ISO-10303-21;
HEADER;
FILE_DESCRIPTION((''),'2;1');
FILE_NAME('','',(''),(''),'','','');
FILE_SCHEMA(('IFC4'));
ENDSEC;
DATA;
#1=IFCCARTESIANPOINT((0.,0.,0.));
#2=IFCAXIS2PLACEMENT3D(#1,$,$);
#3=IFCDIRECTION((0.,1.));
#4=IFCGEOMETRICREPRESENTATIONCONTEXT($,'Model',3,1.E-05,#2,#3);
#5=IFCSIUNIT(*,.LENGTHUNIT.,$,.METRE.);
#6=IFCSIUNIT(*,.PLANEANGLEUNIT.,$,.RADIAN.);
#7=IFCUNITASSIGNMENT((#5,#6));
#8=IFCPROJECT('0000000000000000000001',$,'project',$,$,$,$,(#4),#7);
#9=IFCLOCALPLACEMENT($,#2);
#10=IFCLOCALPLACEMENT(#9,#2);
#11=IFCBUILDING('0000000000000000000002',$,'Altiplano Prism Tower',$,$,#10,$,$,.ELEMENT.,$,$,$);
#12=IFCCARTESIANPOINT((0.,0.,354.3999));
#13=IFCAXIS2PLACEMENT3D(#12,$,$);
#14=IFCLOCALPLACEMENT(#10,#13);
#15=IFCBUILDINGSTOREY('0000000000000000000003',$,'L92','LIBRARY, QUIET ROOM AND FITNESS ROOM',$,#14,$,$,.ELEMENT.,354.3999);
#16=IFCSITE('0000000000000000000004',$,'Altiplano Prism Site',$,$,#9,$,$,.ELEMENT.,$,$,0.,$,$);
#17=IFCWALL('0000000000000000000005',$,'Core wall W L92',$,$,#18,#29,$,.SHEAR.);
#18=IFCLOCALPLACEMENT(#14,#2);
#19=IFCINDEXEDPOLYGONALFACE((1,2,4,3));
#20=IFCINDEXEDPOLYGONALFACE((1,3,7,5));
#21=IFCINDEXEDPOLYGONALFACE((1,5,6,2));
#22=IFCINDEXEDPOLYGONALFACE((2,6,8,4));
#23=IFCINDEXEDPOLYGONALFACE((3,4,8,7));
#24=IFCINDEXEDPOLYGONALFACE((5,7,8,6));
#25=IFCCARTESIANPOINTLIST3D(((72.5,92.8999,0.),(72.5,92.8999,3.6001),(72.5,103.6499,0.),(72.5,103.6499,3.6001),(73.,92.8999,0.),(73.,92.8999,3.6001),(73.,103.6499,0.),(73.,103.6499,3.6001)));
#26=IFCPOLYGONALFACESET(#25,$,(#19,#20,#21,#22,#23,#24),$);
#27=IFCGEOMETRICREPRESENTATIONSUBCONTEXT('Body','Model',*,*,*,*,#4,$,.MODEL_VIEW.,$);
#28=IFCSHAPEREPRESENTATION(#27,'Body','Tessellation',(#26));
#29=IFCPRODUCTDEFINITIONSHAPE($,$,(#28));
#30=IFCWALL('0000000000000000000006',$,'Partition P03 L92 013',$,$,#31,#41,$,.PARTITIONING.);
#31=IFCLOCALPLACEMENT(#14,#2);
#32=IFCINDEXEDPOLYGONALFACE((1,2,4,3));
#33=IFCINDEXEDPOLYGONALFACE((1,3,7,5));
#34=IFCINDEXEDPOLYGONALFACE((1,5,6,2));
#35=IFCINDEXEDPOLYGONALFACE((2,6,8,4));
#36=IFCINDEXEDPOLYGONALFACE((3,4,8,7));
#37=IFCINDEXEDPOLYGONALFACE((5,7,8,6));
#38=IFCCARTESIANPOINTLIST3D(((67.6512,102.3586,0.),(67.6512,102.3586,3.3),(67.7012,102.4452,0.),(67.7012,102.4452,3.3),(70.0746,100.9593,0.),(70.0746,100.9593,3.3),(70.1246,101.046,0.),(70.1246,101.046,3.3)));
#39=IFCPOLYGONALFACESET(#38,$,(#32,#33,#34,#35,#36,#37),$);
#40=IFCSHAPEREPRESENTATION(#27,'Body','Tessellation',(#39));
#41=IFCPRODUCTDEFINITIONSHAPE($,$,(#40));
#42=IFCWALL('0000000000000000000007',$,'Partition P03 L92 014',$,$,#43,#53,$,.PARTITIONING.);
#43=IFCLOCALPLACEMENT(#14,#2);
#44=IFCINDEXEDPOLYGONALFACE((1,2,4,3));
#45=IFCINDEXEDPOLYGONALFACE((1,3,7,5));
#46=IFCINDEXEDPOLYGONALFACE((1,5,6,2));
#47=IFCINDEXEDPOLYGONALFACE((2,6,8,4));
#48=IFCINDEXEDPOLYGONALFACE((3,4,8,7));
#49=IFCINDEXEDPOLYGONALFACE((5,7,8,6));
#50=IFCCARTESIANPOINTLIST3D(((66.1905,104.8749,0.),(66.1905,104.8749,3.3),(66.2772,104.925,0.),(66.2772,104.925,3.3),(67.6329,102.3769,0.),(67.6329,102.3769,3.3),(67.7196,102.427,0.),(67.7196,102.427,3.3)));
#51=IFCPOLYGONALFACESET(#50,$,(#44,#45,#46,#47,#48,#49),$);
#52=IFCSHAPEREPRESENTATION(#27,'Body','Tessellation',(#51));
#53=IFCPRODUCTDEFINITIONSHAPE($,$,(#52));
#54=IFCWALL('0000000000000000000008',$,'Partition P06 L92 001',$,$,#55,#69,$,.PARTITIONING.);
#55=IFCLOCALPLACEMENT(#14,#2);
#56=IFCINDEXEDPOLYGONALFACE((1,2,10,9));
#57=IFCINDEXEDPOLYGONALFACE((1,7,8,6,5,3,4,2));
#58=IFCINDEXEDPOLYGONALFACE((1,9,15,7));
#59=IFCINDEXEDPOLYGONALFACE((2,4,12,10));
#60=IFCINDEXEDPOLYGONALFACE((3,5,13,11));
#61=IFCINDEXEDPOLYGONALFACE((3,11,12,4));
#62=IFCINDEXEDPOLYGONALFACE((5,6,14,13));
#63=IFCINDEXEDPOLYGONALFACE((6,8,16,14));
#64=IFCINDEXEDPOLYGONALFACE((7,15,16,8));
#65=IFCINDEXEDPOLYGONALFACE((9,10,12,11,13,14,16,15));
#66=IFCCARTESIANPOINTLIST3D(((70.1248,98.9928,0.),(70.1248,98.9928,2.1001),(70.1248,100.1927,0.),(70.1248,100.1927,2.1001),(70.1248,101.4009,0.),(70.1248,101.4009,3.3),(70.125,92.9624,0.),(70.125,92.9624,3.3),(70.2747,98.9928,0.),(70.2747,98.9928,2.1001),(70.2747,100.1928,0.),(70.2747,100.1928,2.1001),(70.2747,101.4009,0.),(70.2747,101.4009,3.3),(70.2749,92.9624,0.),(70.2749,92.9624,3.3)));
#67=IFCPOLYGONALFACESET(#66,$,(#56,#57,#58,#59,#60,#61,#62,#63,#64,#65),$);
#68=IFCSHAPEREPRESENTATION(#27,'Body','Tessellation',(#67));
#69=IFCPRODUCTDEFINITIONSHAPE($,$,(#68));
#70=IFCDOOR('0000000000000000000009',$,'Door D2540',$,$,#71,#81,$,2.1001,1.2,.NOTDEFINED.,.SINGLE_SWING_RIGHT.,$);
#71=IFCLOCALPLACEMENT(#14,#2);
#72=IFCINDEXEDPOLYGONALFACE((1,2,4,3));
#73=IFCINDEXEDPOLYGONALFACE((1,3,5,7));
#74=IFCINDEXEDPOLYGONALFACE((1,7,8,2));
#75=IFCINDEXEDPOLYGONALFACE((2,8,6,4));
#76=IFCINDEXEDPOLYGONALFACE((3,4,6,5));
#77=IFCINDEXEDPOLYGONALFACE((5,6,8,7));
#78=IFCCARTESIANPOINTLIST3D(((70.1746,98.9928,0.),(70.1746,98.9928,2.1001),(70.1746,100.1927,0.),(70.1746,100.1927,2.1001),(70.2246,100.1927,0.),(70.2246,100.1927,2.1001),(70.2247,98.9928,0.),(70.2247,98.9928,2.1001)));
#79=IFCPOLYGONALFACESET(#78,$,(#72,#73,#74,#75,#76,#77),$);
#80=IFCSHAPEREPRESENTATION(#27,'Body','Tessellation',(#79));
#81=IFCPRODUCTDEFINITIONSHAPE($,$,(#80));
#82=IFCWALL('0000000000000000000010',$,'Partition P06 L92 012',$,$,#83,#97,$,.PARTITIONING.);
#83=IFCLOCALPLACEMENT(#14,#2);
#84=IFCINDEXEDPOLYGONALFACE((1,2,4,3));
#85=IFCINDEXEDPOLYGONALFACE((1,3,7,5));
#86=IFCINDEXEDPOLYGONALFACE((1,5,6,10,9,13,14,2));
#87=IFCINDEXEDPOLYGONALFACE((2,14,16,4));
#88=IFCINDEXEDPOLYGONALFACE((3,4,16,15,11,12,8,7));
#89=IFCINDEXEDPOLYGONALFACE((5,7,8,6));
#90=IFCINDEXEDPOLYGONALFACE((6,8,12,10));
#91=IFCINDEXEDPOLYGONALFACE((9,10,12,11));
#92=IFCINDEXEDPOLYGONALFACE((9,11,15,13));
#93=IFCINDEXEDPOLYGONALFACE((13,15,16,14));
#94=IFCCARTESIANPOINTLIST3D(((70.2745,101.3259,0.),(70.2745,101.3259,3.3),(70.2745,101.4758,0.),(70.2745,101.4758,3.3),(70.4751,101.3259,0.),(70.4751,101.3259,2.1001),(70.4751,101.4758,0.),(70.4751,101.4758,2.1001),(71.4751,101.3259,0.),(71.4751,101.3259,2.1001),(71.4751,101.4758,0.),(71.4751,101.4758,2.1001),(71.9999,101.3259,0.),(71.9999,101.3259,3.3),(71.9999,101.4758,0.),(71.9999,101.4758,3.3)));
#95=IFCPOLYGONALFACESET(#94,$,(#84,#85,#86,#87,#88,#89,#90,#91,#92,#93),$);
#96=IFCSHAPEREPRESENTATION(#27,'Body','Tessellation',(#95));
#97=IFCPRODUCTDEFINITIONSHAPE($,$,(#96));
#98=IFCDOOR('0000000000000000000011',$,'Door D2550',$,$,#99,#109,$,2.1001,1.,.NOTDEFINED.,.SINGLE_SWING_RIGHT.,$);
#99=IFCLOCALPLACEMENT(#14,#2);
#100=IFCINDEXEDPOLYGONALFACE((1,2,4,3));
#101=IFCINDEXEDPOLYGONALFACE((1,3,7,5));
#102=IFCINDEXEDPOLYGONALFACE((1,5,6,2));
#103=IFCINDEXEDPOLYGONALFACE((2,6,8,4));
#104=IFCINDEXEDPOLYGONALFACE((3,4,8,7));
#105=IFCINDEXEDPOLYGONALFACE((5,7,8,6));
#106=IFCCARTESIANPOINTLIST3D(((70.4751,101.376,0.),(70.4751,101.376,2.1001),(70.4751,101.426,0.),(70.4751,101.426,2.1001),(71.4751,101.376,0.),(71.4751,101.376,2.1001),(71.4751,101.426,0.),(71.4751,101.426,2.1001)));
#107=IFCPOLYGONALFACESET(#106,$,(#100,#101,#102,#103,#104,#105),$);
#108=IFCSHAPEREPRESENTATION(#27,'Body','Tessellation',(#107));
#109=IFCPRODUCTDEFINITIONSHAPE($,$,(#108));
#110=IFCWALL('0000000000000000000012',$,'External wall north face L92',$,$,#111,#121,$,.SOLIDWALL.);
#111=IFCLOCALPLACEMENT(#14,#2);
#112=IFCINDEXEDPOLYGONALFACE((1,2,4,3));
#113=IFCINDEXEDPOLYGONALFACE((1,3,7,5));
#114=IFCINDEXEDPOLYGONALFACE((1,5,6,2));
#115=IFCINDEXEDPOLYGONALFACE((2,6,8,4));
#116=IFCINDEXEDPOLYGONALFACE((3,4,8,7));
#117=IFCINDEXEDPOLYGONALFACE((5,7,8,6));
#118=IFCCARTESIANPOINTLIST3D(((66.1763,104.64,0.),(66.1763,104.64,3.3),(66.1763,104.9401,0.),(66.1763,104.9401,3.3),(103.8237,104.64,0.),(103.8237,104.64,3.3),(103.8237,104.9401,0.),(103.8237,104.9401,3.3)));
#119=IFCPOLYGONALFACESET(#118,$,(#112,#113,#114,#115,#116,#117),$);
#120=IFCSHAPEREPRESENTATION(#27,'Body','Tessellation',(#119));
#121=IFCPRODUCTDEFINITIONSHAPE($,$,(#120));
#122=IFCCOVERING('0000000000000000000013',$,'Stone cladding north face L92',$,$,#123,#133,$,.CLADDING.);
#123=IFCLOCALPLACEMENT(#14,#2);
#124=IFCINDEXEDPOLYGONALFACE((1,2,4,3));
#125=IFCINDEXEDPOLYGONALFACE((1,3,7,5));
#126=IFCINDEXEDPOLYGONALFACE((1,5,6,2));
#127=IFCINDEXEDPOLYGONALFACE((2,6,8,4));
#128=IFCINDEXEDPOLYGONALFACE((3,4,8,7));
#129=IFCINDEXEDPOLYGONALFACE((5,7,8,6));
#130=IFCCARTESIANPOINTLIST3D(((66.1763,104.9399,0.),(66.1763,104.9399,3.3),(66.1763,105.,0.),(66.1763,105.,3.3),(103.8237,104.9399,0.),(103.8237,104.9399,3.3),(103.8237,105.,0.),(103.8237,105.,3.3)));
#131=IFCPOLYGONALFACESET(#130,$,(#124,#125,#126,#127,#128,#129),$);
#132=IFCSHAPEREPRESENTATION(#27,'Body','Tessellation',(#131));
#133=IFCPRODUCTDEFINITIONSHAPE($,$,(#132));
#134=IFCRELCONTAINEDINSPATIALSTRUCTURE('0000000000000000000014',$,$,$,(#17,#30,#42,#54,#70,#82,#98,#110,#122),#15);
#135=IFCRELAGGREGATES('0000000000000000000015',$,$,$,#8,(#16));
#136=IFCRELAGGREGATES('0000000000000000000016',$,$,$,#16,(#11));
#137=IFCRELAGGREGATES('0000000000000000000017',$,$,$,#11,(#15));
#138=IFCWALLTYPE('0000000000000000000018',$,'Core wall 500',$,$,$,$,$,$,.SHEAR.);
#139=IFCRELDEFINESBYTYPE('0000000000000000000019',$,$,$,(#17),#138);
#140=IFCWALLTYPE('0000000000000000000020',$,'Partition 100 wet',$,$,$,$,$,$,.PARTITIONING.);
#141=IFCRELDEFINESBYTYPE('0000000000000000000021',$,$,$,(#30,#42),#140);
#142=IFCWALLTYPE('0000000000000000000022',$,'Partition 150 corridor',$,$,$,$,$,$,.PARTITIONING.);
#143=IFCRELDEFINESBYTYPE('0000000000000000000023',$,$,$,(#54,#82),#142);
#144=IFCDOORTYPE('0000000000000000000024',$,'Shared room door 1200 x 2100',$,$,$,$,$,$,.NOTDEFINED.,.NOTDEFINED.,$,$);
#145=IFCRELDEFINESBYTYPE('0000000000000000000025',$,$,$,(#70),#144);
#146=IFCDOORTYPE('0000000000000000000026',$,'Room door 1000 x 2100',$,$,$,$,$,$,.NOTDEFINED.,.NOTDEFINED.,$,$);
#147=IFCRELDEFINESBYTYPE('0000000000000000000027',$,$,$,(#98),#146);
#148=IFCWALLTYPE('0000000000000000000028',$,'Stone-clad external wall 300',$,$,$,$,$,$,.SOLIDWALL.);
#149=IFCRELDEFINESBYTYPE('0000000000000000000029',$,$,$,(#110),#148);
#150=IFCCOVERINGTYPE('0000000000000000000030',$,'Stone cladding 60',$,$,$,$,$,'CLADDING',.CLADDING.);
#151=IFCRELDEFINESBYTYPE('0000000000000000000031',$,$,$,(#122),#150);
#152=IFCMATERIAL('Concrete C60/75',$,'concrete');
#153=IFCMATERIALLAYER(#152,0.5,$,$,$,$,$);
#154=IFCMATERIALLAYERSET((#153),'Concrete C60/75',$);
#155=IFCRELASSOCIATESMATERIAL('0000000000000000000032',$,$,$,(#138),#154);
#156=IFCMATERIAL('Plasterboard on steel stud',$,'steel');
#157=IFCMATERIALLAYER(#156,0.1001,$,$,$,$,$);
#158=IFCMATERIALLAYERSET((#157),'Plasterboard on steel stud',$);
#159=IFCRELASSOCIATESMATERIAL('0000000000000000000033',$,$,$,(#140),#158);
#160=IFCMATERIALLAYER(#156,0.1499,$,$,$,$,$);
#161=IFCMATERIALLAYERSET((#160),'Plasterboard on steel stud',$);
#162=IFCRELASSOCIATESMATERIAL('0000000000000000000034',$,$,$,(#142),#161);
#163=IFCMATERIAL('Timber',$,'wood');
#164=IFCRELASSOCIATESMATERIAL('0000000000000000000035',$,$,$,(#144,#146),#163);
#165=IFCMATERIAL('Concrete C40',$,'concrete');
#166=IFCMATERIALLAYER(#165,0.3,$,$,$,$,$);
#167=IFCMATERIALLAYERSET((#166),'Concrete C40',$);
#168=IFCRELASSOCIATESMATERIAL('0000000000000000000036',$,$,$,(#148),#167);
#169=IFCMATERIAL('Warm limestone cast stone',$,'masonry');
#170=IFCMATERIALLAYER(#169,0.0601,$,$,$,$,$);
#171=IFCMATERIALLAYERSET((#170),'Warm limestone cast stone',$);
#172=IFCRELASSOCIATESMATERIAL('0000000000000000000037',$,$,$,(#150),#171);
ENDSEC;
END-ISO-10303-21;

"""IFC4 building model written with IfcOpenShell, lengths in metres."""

from ifc_helpers import new_model, si_unit, direction, frame, frame_2d, origin, place, context, subcontext, project, spatial, rectangle, extrude, material, layer, layer_set, type_object, element, fill, save


model = new_model("IFC4")

# Units and contexts
model_context = context("Model", 3, precision=1e-05, world=origin(), true_north=direction((0.0, 1.0)))
body_context = subcontext(model_context, "Body", "Model", "MODEL_VIEW")
ifc_project = project(units=[si_unit("LENGTHUNIT", "METRE"), si_unit("PLANEANGLEUNIT", "RADIAN")], contexts=[model_context])

# Site, building, storey
site_placement = place(None, origin())
site = spatial("IfcSite", under=ifc_project, at=site_placement, Name="Altiplano Prism Site", CompositionType="ELEMENT", RefElevation=0.0)
building_placement = place(site_placement, origin())
building = spatial("IfcBuilding", under=site, at=building_placement, Name="Altiplano Prism Tower", CompositionType="ELEMENT")
storey_placement = place(building_placement, frame((0.0, 0.0, 354.3999)))
storey = spatial("IfcBuildingStorey", under=building, at=storey_placement, Name="L92", Description="LIBRARY, QUIET ROOM AND FITNESS ROOM", CompositionType="ELEMENT", Elevation=354.3999)

# Shared definitions
ifc_material_1 = material(Name="Concrete C60/75", Category="concrete")

# Walls
ifc_layer_1 = layer(ifc_material_1, 0.5)
ifc_layer_set_1 = layer_set([ifc_layer_1], Name="Concrete C60/75")
wall_type_1 = type_object("IfcWallType", Name="Core wall 500", PredefinedType="SHEAR", material=ifc_layer_set_1)
wall_1_placement = place(storey_placement, frame((72.75, 103.6499, 0.0), z_axis=(0.0, 0.0, 1.0), x_axis=(0.0, -1.0, 0.0)))
element("IfcWall", 1, at=wall_1_placement, inside=storey, type_object=wall_type_1, Name="Core wall W L92", PredefinedType="SHEAR", context=body_context, shape_type="SweptSolid", body=[
    extrude(rectangle(XDim=10.75, YDim=0.5, at=frame_2d((5.375, 0.0))), origin(), (0.0, 0.0, 1.0), 3.6001),
])
ifc_material_2 = material(Name="Plasterboard on steel stud", Category="steel")
ifc_layer_2 = layer(ifc_material_2, 0.1001)
ifc_layer_set_2 = layer_set([ifc_layer_2], Name="Plasterboard on steel stud")
wall_type_2 = type_object("IfcWallType", Name="Partition 100 wet", PredefinedType="PARTITIONING", material=ifc_layer_set_2)
wall_2_placement = place(storey_placement, frame((70.0996, 101.0027, 0.0), z_axis=(0.0, 0.0, 1.0), x_axis=(-0.866017, 0.500014, 0.0)))
element("IfcWall", 2, at=wall_2_placement, inside=storey, type_object=wall_type_2, Name="Partition P03 L92 013", PredefinedType="PARTITIONING", context=body_context, shape_type="SweptSolid", body=[
    extrude(rectangle(XDim=2.7983, YDim=0.1001, at=frame_2d((1.3992, 0.0))), origin(), (0.0, 0.0, 1.0), 3.3),
])
wall_3_placement = place(storey_placement, frame((67.6763, 102.4019, 0.0), z_axis=(0.0, 0.0, 1.0), x_axis=(-0.500035, 0.866005, 0.0)))
element("IfcWall", 3, at=wall_3_placement, inside=storey, type_object=wall_type_2, Name="Partition P03 L92 014", PredefinedType="PARTITIONING", context=body_context, shape_type="SweptSolid", body=[
    extrude(rectangle(XDim=2.8845, YDim=0.1001, at=frame_2d((1.4424, 0.0))), origin(), (0.0, 0.0, 1.0), 3.3),
])

# Walls, openings, doors
ifc_layer_3 = layer(ifc_material_2, 0.1499)
ifc_layer_set_3 = layer_set([ifc_layer_3], Name="Plasterboard on steel stud")
wall_type_3 = type_object("IfcWallType", Name="Partition 150 corridor", PredefinedType="PARTITIONING", material=ifc_layer_set_3)
wall_4_placement = place(storey_placement, frame((70.1997, 101.4009, 0.0), z_axis=(0.0, 0.0, 1.0), x_axis=(0.000029, -1.0, 0.0)))
wall_4 = element("IfcWall", 4, at=wall_4_placement, inside=storey, type_object=wall_type_3, Name="Partition P06 L92 001", PredefinedType="PARTITIONING", context=body_context, shape_type="SweptSolid", body=[
    extrude(rectangle(XDim=8.4385, YDim=0.1499, at=frame_2d((4.2192, 0.0))), origin(), (0.0, 0.0, 1.0), 3.3),
])
opening_1_placement = place(wall_4_placement, frame((1.208, 0.0, 0.0)))
opening_1 = element("IfcOpeningElement", 5, at=opening_1_placement, cuts=wall_4, PredefinedType="OPENING", context=body_context, shape_type="SweptSolid", body=[
    extrude(rectangle(XDim=1.2, YDim=2.1001, at=frame_2d((0.6001, 1.05))), frame((0.0, 0.0854, 0.0), z_axis=(0.0, -1.0, 0.0), x_axis=(1.0, 0.0, 0.0)), (0.0, 0.0, 1.0), 0.1709),
])
ifc_material_3 = material(Name="Timber", Category="wood")
door_type_1 = type_object("IfcDoorType", Name="Shared room door 1200 x 2100", OperationType="NOTDEFINED", PredefinedType="NOTDEFINED", material=ifc_material_3)
door_1_placement = place(opening_1_placement, origin())
door_1 = element("IfcDoor", 6, at=door_1_placement, inside=storey, type_object=door_type_1, Name="Door D2540", OperationType="SINGLE_SWING_RIGHT", OverallHeight=2.1001, OverallWidth=1.2, PredefinedType="NOTDEFINED", context=body_context, shape_type="SweptSolid", body=[
    extrude(rectangle(XDim=1.2, YDim=2.1001, at=frame_2d((0.6001, 1.05))), frame((0.0, 0.0249, 0.0), z_axis=(0.0, -1.0, 0.0), x_axis=(1.0, 0.0, 0.0)), (0.0, 0.0, 1.0), 0.05),
])
fill(opening_1, door_1)
wall_5_placement = place(storey_placement, frame((72.0, 101.4009, 0.0), z_axis=(0.0, 0.0, 1.0), x_axis=(-1.0, 0.0, 0.0)))
wall_5 = element("IfcWall", 7, at=wall_5_placement, inside=storey, type_object=wall_type_3, Name="Partition P06 L92 012", PredefinedType="PARTITIONING", context=body_context, shape_type="SweptSolid", body=[
    extrude(rectangle(XDim=1.7253, YDim=0.1499, at=frame_2d((0.8628, 0.0))), origin(), (0.0, 0.0, 1.0), 3.3),
])
opening_2_placement = place(wall_5_placement, frame((0.5249, 0.0, 0.0)))
opening_2 = element("IfcOpeningElement", 8, at=opening_2_placement, cuts=wall_5, PredefinedType="OPENING", context=body_context, shape_type="SweptSolid", body=[
    extrude(rectangle(XDim=1.0, YDim=2.1001, at=frame_2d((0.5, 1.05))), frame((0.0, 0.0854, 0.0), z_axis=(0.0, -1.0, 0.0), x_axis=(1.0, 0.0, 0.0)), (0.0, 0.0, 1.0), 0.1709),
])
door_type_2 = type_object("IfcDoorType", Name="Room door 1000 x 2100", OperationType="NOTDEFINED", PredefinedType="NOTDEFINED", material=ifc_material_3)
door_2_placement = place(opening_2_placement, origin())
door_2 = element("IfcDoor", 9, at=door_2_placement, inside=storey, type_object=door_type_2, Name="Door D2550", OperationType="SINGLE_SWING_RIGHT", OverallHeight=2.1001, OverallWidth=1.0, PredefinedType="NOTDEFINED", context=body_context, shape_type="SweptSolid", body=[
    extrude(rectangle(XDim=1.0, YDim=2.1001, at=frame_2d((0.5, 1.05))), frame((0.0, 0.0249, 0.0), z_axis=(0.0, -1.0, 0.0), x_axis=(1.0, 0.0, 0.0)), (0.0, 0.0, 1.0), 0.05),
])
fill(opening_2, door_2)

# Wall
ifc_material_4 = material(Name="Concrete C40", Category="concrete")
ifc_layer_4 = layer(ifc_material_4, 0.3)
ifc_layer_set_4 = layer_set([ifc_layer_4], Name="Concrete C40")
wall_type_4 = type_object("IfcWallType", Name="Stone-clad external wall 300", PredefinedType="SOLIDWALL", material=ifc_layer_set_4)
wall_6_placement = place(storey_placement, frame((66.1763, 104.79, 0.0), z_axis=(0.0, 0.0, 1.0), x_axis=(1.0, 0.0, 0.0)))
element("IfcWall", 10, at=wall_6_placement, inside=storey, type_object=wall_type_4, Name="External wall north face L92", PredefinedType="SOLIDWALL", context=body_context, shape_type="SweptSolid", body=[
    extrude(rectangle(XDim=37.6475, YDim=0.3, at=frame_2d((18.8237, 0.0))), origin(), (0.0, 0.0, 1.0), 3.3),
])

# Covering
ifc_material_5 = material(Name="Warm limestone cast stone", Category="masonry")
ifc_layer_5 = layer(ifc_material_5, 0.0601)
ifc_layer_set_5 = layer_set([ifc_layer_5], Name="Warm limestone cast stone")
covering_type = type_object("IfcCoveringType", Name="Stone cladding 60", ElementType="CLADDING", PredefinedType="CLADDING", material=ifc_layer_set_5)
covering_placement = place(storey_placement, frame((66.1763, 104.97, 0.0), z_axis=(0.0, 0.0, 1.0), x_axis=(1.0, 0.0, 0.0)))
element("IfcCovering", 11, at=covering_placement, inside=storey, type_object=covering_type, Name="Stone cladding north face L92", PredefinedType="CLADDING", context=body_context, shape_type="SweptSolid", body=[
    extrude(rectangle(XDim=37.6475, YDim=0.0601, at=frame_2d((18.8237, 0.0))), origin(), (0.0, 0.0, 1.0), 3.3),
])

save(model, "model.ifc")
